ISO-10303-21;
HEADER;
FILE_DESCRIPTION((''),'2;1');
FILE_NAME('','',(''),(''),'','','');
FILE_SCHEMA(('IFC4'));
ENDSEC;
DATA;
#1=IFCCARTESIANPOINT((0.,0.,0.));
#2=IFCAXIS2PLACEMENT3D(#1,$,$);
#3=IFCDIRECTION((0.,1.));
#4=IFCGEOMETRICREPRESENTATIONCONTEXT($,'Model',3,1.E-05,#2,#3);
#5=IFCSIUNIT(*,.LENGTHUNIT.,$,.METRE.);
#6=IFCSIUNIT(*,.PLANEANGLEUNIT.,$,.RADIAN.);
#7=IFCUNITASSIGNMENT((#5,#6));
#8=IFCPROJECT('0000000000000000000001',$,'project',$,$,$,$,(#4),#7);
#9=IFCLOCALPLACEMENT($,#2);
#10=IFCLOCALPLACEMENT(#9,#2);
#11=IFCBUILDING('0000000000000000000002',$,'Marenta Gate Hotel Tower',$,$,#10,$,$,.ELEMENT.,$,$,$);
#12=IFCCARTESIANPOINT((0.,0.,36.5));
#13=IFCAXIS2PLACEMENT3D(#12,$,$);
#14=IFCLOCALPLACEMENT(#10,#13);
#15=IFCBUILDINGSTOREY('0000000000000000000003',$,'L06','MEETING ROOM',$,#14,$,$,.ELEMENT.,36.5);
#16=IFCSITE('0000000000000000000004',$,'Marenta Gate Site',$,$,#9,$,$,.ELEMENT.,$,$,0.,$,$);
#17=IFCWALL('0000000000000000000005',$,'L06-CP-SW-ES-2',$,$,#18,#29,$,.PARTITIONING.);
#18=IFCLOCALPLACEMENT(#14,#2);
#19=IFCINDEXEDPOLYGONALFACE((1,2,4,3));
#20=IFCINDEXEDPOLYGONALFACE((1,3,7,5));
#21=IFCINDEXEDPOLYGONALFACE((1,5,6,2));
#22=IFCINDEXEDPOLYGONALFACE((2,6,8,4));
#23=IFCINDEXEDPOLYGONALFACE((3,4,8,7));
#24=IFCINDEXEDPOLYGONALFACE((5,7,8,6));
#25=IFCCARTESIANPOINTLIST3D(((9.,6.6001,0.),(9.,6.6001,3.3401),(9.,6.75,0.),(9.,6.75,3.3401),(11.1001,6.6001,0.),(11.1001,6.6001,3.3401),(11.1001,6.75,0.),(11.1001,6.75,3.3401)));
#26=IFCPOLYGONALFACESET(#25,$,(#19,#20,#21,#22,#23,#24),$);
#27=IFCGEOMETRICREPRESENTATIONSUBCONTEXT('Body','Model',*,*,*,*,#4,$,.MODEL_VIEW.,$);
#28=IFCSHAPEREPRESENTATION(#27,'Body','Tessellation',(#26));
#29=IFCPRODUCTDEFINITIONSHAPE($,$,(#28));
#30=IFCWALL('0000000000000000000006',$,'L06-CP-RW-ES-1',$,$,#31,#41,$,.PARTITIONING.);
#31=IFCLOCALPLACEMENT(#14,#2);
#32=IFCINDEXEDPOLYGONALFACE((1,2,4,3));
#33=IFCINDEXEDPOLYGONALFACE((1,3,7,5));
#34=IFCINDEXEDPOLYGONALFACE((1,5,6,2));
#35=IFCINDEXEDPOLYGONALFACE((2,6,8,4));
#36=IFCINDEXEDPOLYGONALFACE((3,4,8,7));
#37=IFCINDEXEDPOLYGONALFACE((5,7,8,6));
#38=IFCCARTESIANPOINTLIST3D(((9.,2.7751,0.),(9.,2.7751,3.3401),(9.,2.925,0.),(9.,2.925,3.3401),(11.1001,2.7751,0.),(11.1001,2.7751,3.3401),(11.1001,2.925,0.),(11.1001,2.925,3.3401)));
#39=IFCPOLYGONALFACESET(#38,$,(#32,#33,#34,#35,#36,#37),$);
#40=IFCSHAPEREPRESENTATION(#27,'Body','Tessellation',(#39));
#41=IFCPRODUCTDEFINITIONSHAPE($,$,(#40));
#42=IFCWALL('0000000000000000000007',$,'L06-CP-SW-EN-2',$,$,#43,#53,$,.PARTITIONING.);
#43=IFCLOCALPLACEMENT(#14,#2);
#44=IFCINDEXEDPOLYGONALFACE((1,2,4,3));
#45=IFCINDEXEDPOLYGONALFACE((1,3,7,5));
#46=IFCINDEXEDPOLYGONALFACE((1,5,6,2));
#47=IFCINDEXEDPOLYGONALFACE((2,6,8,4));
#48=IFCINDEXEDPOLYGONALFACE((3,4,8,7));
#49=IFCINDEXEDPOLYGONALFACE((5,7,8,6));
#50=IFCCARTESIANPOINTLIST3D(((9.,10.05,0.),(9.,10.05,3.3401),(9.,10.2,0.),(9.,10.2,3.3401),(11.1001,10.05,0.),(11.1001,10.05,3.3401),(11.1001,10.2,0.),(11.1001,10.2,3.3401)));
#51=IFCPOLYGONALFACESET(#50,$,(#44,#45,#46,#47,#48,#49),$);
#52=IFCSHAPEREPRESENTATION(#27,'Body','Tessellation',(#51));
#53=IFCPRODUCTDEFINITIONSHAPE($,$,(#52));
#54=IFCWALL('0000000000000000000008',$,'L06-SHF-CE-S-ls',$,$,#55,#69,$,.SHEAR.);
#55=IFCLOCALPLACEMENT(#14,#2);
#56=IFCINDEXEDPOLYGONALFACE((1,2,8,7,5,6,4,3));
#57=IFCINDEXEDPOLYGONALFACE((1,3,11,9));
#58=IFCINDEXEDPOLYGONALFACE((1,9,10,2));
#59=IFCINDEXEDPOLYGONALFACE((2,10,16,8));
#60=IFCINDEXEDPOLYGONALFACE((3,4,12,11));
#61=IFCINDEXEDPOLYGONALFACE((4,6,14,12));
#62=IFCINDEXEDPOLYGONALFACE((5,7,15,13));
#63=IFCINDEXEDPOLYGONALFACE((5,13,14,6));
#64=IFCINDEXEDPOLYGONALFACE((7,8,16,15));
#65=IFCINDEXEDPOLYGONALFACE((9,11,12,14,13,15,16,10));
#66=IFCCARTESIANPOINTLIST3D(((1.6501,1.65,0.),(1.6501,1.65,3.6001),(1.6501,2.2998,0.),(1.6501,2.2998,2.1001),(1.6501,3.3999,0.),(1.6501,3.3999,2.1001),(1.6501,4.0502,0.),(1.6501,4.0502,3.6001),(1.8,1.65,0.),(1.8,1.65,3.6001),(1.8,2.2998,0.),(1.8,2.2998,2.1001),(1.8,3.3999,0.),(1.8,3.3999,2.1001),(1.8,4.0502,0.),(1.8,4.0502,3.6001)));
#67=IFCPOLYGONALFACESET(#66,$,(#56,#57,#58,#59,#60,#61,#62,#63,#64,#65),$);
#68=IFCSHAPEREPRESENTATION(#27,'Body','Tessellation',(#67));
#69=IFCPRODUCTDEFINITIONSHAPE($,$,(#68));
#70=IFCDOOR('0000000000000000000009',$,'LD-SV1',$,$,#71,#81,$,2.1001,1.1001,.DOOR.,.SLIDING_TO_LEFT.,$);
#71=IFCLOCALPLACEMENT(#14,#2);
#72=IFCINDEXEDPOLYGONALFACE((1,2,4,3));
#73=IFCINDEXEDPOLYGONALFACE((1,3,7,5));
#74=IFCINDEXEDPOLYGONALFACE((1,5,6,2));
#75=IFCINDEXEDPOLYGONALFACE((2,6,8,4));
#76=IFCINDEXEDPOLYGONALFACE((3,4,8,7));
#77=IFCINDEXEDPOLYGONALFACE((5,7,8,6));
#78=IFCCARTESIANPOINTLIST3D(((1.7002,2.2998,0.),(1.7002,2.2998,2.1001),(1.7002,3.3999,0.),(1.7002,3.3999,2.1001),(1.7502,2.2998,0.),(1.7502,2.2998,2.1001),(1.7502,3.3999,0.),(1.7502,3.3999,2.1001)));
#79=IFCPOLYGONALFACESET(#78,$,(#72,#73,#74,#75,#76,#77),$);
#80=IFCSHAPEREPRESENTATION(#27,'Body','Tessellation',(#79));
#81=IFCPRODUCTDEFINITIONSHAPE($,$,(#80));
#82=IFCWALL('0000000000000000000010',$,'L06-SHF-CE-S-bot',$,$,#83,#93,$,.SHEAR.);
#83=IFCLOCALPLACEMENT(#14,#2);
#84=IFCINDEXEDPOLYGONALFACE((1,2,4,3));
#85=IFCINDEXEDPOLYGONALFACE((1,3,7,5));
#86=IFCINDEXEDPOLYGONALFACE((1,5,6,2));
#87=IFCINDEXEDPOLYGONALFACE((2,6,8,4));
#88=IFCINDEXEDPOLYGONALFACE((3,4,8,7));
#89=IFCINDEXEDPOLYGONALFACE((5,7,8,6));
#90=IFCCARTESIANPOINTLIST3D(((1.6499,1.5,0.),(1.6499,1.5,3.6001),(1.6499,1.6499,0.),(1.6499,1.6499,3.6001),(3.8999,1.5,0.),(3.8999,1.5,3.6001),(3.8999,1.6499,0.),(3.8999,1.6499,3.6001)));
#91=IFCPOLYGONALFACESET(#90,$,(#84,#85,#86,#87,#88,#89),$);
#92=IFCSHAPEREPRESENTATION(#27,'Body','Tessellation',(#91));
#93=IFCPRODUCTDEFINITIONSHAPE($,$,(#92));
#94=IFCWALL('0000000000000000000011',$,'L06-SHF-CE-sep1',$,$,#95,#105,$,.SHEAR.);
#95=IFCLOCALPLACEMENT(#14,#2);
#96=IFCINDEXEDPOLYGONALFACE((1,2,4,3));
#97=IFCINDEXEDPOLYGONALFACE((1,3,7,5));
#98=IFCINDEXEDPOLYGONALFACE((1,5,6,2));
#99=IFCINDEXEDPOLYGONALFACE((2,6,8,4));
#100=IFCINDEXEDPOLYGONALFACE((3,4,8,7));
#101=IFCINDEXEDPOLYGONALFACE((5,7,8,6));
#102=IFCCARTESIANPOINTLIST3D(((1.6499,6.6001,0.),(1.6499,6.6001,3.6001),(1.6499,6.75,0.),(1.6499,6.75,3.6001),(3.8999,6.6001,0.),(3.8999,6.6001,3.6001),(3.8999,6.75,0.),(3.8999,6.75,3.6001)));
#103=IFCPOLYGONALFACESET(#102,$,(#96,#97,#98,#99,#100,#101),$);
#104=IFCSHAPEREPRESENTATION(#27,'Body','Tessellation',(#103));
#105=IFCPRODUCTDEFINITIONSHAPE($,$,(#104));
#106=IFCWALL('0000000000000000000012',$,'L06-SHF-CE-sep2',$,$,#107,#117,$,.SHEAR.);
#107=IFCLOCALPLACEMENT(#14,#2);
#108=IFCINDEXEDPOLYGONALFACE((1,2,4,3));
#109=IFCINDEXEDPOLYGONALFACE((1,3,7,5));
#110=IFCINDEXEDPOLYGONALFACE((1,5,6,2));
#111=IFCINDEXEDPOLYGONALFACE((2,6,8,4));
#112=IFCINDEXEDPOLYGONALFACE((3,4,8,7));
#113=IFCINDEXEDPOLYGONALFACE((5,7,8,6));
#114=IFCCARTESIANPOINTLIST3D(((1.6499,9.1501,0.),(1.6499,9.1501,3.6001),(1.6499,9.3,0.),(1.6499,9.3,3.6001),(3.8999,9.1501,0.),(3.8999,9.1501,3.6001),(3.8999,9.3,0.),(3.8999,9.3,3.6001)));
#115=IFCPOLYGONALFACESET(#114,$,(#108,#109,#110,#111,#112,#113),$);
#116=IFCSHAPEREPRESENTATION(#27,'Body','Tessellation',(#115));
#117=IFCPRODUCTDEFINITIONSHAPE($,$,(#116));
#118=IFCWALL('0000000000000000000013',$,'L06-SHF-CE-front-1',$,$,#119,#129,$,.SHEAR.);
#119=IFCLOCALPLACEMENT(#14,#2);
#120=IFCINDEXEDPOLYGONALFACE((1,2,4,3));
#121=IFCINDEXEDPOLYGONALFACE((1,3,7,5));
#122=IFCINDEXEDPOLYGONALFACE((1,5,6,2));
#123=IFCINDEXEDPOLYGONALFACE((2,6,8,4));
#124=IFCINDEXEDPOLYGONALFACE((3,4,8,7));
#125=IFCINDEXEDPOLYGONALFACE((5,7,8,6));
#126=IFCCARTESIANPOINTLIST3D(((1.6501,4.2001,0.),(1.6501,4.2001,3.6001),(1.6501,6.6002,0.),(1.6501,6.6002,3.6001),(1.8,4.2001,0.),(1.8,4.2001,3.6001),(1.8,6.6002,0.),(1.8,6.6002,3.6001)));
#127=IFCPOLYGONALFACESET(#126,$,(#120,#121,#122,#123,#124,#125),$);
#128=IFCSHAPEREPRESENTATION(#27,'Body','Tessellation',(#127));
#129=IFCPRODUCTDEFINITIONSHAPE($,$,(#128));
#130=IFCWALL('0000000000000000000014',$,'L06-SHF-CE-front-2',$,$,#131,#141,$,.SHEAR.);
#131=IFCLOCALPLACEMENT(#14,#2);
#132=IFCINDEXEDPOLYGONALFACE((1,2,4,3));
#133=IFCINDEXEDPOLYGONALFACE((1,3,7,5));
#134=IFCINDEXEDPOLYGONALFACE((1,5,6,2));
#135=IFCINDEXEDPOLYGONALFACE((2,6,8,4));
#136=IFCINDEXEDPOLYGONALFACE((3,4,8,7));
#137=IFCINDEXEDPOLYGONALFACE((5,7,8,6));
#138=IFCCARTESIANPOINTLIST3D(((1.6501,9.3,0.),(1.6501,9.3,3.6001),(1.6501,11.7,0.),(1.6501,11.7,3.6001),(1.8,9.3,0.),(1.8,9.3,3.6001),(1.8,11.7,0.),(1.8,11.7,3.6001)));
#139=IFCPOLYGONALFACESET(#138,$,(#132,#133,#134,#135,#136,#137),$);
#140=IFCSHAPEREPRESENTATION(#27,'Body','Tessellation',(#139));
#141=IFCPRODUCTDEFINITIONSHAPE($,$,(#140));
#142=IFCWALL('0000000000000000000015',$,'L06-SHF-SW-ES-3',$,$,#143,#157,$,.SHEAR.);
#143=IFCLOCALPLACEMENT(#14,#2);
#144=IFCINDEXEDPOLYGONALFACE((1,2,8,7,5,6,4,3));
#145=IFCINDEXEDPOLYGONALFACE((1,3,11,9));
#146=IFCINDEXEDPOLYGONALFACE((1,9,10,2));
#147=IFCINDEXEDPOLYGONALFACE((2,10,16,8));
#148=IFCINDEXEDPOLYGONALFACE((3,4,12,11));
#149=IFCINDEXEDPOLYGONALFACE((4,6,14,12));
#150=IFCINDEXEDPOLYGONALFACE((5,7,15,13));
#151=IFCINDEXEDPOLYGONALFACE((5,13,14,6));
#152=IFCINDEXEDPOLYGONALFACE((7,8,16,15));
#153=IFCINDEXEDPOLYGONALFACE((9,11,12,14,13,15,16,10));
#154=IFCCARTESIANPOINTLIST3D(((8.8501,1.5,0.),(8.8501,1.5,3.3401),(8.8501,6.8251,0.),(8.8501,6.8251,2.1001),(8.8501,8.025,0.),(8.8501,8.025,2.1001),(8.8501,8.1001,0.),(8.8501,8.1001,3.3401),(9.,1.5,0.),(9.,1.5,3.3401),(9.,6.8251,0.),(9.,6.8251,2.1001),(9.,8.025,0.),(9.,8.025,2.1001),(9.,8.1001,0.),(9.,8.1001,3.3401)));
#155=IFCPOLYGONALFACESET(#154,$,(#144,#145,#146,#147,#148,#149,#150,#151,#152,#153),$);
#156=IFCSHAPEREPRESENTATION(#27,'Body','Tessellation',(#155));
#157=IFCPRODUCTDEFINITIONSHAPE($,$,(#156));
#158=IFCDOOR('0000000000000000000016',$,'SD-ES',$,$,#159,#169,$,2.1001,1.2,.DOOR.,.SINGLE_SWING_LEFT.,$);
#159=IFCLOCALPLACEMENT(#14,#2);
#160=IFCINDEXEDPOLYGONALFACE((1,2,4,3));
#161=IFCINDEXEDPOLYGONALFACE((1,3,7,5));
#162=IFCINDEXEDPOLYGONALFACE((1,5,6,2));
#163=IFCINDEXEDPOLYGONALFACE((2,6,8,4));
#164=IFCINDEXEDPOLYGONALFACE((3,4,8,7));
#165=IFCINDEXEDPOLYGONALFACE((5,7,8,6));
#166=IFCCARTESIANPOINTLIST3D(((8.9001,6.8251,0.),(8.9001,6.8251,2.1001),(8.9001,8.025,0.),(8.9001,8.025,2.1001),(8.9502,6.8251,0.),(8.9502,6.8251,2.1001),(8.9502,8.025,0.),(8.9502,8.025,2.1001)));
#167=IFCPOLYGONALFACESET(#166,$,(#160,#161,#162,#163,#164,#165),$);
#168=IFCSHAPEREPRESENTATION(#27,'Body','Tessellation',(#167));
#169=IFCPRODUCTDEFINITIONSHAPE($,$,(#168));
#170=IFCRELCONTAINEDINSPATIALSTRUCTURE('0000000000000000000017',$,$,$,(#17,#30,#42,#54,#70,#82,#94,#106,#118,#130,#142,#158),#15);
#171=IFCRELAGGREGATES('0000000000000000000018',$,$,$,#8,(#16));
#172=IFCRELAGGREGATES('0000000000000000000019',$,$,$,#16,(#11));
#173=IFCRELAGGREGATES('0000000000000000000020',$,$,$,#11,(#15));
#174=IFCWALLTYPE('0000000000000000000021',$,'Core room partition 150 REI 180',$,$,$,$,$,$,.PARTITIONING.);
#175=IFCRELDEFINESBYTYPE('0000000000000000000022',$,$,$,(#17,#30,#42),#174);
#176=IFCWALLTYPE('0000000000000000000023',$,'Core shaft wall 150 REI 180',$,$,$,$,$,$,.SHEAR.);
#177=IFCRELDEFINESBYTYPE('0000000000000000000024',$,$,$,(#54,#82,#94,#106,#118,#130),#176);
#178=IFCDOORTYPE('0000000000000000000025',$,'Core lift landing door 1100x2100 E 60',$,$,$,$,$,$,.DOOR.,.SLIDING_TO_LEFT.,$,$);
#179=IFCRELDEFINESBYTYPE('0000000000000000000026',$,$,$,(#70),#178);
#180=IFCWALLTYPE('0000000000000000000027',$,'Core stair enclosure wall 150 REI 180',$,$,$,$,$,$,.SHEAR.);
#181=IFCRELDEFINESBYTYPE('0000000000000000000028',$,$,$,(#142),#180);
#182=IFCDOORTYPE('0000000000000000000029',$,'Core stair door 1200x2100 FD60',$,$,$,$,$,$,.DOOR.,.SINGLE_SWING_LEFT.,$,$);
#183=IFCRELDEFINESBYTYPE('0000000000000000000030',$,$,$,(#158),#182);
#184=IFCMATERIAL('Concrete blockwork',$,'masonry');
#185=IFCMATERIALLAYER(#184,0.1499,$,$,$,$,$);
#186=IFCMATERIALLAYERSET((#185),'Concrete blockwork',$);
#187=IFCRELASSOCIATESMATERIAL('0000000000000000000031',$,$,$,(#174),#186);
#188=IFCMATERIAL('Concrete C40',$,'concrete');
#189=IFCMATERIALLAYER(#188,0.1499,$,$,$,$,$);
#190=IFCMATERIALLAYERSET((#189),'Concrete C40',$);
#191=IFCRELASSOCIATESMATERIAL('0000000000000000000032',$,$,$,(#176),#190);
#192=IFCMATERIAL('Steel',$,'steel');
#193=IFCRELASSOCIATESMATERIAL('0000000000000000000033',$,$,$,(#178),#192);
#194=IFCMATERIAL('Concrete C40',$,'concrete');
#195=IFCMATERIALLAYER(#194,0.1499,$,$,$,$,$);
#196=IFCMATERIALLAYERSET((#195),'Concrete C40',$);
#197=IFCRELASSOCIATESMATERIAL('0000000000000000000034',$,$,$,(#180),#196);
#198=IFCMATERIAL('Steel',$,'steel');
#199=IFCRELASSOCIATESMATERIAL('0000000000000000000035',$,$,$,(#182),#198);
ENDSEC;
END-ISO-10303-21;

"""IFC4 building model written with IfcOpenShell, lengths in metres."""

from ifc_helpers import new_model, si_unit, direction, frame, frame_2d, origin, place, context, subcontext, project, spatial, rectangle, extrude, material, layer, layer_set, type_object, element, fill, save


model = new_model("IFC4")

# Units and contexts
model_context = context("Model", 3, precision=1e-05, world=origin(), true_north=direction((0.0, 1.0)))
body_context = subcontext(model_context, "Body", "Model", "MODEL_VIEW")
ifc_project = project(units=[si_unit("LENGTHUNIT", "METRE"), si_unit("PLANEANGLEUNIT", "RADIAN")], contexts=[model_context])

# Site, building, storey
site_placement = place(None, origin())
site = spatial("IfcSite", under=ifc_project, at=site_placement, Name="Marenta Gate Site", CompositionType="ELEMENT", RefElevation=0.0)
building_placement = place(site_placement, origin())
building = spatial("IfcBuilding", under=site, at=building_placement, Name="Marenta Gate Hotel Tower", CompositionType="ELEMENT")
storey_placement = place(building_placement, frame((0.0, 0.0, 36.5)))
storey = spatial("IfcBuildingStorey", under=building, at=storey_placement, Name="L06", Description="MEETING ROOM", CompositionType="ELEMENT", Elevation=36.5)

# Walls
ifc_material_1 = material(Name="Concrete blockwork", Category="masonry")
ifc_layer_1 = layer(ifc_material_1, 0.1499)
ifc_layer_set_1 = layer_set([ifc_layer_1], Name="Concrete blockwork")
wall_type_1 = type_object("IfcWallType", Name="Core room partition 150 REI 180", PredefinedType="PARTITIONING", material=ifc_layer_set_1)
for number, where, z_axis, x_axis, name in (
    (1, (9.0, 6.675, 0.0), (0.0, 0.0, 1.0), (1.0, 0.0, 0.0), "L06-CP-SW-ES-2"),
    (2, (9.0, 2.8501, 0.0), (0.0, 0.0, 1.0), (1.0, 0.0, 0.0), "L06-CP-RW-ES-1"),
    (3, (9.0, 10.125, 0.0), (0.0, 0.0, 1.0), (1.0, 0.0, 0.0), "L06-CP-SW-EN-2"),
):
    element("IfcWall", number, at=place(storey_placement, frame(where, z_axis=z_axis, x_axis=x_axis)), inside=storey, type_object=wall_type_1, Name=name, PredefinedType="PARTITIONING", context=body_context, shape_type="SweptSolid", body=[
        extrude(rectangle(XDim=2.1001, YDim=0.1499, at=frame_2d((1.05, 0.0))), origin(), (0.0, 0.0, 1.0), 3.3401),
    ])

# Wall, opening, door
ifc_material_2 = material(Name="Concrete C40", Category="concrete")
ifc_layer_2 = layer(ifc_material_2, 0.1499)
ifc_layer_set_2 = layer_set([ifc_layer_2], Name="Concrete C40")
wall_type_2 = type_object("IfcWallType", Name="Core shaft wall 150 REI 180", PredefinedType="SHEAR", material=ifc_layer_set_2)
wall_1_placement = place(storey_placement, frame((1.7251, 1.6499, 0.0), z_axis=(0.0, 0.0, 1.0), x_axis=(0.0, 1.0, 0.0)))
wall_1 = element("IfcWall", 4, at=wall_1_placement, inside=storey, type_object=wall_type_2, Name="L06-SHF-CE-S-ls", PredefinedType="SHEAR", context=body_context, shape_type="SweptSolid", body=[
    extrude(rectangle(XDim=2.4001, YDim=0.1499, at=frame_2d((1.2002, 0.0))), origin(), (0.0, 0.0, 1.0), 3.6001),
])
opening_1_placement = place(wall_1_placement, frame((0.6499, 0.0, 0.0)))
opening_1 = element("IfcOpeningElement", 5, at=opening_1_placement, cuts=wall_1, PredefinedType="OPENING", context=body_context, shape_type="SweptSolid", body=[
    extrude(rectangle(XDim=1.1001, YDim=2.1001, at=frame_2d((0.55, 1.05))), frame((0.0, 0.075, 0.0), z_axis=(0.0, -1.0, 0.0), x_axis=(1.0, 0.0, 0.0)), (0.0, 0.0, 1.0), 0.1499),
])
ifc_material_3 = material(Name="Steel", Category="steel")
door_type_1 = type_object("IfcDoorType", Name="Core lift landing door 1100x2100 E 60", OperationType="SLIDING_TO_LEFT", PredefinedType="DOOR", material=ifc_material_3)
door_1_placement = place(opening_1_placement, origin())
door_1 = element("IfcDoor", 6, at=door_1_placement, inside=storey, type_object=door_type_1, Name="LD-SV1", OperationType="SLIDING_TO_LEFT", OverallHeight=2.1001, OverallWidth=1.1001, PredefinedType="DOOR", context=body_context, shape_type="SweptSolid", body=[
    extrude(rectangle(XDim=1.1001, YDim=2.1001, at=frame_2d((0.55, 1.05))), frame((0.0, 0.0249, 0.0), z_axis=(0.0, -1.0, 0.0), x_axis=(1.0, 0.0, 0.0)), (0.0, 0.0, 1.0), 0.05),
])
fill(opening_1, door_1)

# Walls
for number, where, z_axis, x_axis, name in (
    (7, (1.6499, 1.575, 0.0), (0.0, 0.0, 1.0), (1.0, 0.0, 0.0), "L06-SHF-CE-S-bot"),
    (8, (1.6499, 6.675, 0.0), (0.0, 0.0, 1.0), (1.0, 0.0, 0.0), "L06-SHF-CE-sep1"),
    (9, (1.6499, 9.2251, 0.0), (0.0, 0.0, 1.0), (1.0, 0.0, 0.0), "L06-SHF-CE-sep2"),
):
    element("IfcWall", number, at=place(storey_placement, frame(where, z_axis=z_axis, x_axis=x_axis)), inside=storey, type_object=wall_type_2, Name=name, PredefinedType="SHEAR", context=body_context, shape_type="SweptSolid", body=[
        extrude(rectangle(XDim=2.25, YDim=0.1499, at=frame_2d((1.125, 0.0))), origin(), (0.0, 0.0, 1.0), 3.6001),
    ])
wall_2_placement = place(storey_placement, frame((1.7251, 4.2, 0.0), z_axis=(0.0, 0.0, 1.0), x_axis=(0.0, 1.0, 0.0)))
element("IfcWall", 10, at=wall_2_placement, inside=storey, type_object=wall_type_2, Name="L06-SHF-CE-front-1", PredefinedType="SHEAR", context=body_context, shape_type="SweptSolid", body=[
    extrude(rectangle(XDim=2.4001, YDim=0.1499, at=frame_2d((1.2002, 0.0))), origin(), (0.0, 0.0, 1.0), 3.6001),
])
wall_3_placement = place(storey_placement, frame((1.7251, 9.3, 0.0), z_axis=(0.0, 0.0, 1.0), x_axis=(0.0, 1.0, 0.0)))
element("IfcWall", 11, at=wall_3_placement, inside=storey, type_object=wall_type_2, Name="L06-SHF-CE-front-2", PredefinedType="SHEAR", context=body_context, shape_type="SweptSolid", body=[
    extrude(rectangle(XDim=2.3999, YDim=0.1499, at=frame_2d((1.2, 0.0))), origin(), (0.0, 0.0, 1.0), 3.6001),
])

# Wall, opening, door
ifc_material_4 = material(Name="Concrete C40", Category="concrete")
ifc_layer_3 = layer(ifc_material_4, 0.1499)
ifc_layer_set_3 = layer_set([ifc_layer_3], Name="Concrete C40")
wall_type_3 = type_object("IfcWallType", Name="Core stair enclosure wall 150 REI 180", PredefinedType="SHEAR", material=ifc_layer_set_3)
wall_4_placement = place(storey_placement, frame((8.925, 1.5, 0.0), z_axis=(0.0, 0.0, 1.0), x_axis=(0.0, 1.0, 0.0)))
wall_4 = element("IfcWall", 12, at=wall_4_placement, inside=storey, type_object=wall_type_3, Name="L06-SHF-SW-ES-3", PredefinedType="SHEAR", context=body_context, shape_type="SweptSolid", body=[
    extrude(rectangle(XDim=6.6001, YDim=0.1499, at=frame_2d((3.3, 0.0))), origin(), (0.0, 0.0, 1.0), 3.3401),
])
opening_2_placement = place(wall_4_placement, frame((5.325, 0.0, 0.0)))
opening_2 = element("IfcOpeningElement", 13, at=opening_2_placement, cuts=wall_4, PredefinedType="OPENING", context=body_context, shape_type="SweptSolid", body=[
    extrude(rectangle(XDim=1.2, YDim=2.1001, at=frame_2d((0.6001, 1.05))), frame((0.0, 0.075, 0.0), z_axis=(0.0, -1.0, 0.0), x_axis=(1.0, 0.0, 0.0)), (0.0, 0.0, 1.0), 0.1499),
])
ifc_material_5 = material(Name="Steel", Category="steel")
door_type_2 = type_object("IfcDoorType", Name="Core stair door 1200x2100 FD60", OperationType="SINGLE_SWING_LEFT", PredefinedType="DOOR", material=ifc_material_5)
door_2_placement = place(opening_2_placement, origin())
door_2 = element("IfcDoor", 14, at=door_2_placement, inside=storey, type_object=door_type_2, Name="SD-ES", OperationType="SINGLE_SWING_LEFT", OverallHeight=2.1001, OverallWidth=1.2, PredefinedType="DOOR", context=body_context, shape_type="SweptSolid", body=[
    extrude(rectangle(XDim=1.2, YDim=2.1001, at=frame_2d((0.6001, 1.05))), frame((0.0, 0.0249, 0.0), z_axis=(0.0, -1.0, 0.0), x_axis=(1.0, 0.0, 0.0)), (0.0, 0.0, 1.0), 0.05),
])
fill(opening_2, door_2)

save(model, "model.ifc")
